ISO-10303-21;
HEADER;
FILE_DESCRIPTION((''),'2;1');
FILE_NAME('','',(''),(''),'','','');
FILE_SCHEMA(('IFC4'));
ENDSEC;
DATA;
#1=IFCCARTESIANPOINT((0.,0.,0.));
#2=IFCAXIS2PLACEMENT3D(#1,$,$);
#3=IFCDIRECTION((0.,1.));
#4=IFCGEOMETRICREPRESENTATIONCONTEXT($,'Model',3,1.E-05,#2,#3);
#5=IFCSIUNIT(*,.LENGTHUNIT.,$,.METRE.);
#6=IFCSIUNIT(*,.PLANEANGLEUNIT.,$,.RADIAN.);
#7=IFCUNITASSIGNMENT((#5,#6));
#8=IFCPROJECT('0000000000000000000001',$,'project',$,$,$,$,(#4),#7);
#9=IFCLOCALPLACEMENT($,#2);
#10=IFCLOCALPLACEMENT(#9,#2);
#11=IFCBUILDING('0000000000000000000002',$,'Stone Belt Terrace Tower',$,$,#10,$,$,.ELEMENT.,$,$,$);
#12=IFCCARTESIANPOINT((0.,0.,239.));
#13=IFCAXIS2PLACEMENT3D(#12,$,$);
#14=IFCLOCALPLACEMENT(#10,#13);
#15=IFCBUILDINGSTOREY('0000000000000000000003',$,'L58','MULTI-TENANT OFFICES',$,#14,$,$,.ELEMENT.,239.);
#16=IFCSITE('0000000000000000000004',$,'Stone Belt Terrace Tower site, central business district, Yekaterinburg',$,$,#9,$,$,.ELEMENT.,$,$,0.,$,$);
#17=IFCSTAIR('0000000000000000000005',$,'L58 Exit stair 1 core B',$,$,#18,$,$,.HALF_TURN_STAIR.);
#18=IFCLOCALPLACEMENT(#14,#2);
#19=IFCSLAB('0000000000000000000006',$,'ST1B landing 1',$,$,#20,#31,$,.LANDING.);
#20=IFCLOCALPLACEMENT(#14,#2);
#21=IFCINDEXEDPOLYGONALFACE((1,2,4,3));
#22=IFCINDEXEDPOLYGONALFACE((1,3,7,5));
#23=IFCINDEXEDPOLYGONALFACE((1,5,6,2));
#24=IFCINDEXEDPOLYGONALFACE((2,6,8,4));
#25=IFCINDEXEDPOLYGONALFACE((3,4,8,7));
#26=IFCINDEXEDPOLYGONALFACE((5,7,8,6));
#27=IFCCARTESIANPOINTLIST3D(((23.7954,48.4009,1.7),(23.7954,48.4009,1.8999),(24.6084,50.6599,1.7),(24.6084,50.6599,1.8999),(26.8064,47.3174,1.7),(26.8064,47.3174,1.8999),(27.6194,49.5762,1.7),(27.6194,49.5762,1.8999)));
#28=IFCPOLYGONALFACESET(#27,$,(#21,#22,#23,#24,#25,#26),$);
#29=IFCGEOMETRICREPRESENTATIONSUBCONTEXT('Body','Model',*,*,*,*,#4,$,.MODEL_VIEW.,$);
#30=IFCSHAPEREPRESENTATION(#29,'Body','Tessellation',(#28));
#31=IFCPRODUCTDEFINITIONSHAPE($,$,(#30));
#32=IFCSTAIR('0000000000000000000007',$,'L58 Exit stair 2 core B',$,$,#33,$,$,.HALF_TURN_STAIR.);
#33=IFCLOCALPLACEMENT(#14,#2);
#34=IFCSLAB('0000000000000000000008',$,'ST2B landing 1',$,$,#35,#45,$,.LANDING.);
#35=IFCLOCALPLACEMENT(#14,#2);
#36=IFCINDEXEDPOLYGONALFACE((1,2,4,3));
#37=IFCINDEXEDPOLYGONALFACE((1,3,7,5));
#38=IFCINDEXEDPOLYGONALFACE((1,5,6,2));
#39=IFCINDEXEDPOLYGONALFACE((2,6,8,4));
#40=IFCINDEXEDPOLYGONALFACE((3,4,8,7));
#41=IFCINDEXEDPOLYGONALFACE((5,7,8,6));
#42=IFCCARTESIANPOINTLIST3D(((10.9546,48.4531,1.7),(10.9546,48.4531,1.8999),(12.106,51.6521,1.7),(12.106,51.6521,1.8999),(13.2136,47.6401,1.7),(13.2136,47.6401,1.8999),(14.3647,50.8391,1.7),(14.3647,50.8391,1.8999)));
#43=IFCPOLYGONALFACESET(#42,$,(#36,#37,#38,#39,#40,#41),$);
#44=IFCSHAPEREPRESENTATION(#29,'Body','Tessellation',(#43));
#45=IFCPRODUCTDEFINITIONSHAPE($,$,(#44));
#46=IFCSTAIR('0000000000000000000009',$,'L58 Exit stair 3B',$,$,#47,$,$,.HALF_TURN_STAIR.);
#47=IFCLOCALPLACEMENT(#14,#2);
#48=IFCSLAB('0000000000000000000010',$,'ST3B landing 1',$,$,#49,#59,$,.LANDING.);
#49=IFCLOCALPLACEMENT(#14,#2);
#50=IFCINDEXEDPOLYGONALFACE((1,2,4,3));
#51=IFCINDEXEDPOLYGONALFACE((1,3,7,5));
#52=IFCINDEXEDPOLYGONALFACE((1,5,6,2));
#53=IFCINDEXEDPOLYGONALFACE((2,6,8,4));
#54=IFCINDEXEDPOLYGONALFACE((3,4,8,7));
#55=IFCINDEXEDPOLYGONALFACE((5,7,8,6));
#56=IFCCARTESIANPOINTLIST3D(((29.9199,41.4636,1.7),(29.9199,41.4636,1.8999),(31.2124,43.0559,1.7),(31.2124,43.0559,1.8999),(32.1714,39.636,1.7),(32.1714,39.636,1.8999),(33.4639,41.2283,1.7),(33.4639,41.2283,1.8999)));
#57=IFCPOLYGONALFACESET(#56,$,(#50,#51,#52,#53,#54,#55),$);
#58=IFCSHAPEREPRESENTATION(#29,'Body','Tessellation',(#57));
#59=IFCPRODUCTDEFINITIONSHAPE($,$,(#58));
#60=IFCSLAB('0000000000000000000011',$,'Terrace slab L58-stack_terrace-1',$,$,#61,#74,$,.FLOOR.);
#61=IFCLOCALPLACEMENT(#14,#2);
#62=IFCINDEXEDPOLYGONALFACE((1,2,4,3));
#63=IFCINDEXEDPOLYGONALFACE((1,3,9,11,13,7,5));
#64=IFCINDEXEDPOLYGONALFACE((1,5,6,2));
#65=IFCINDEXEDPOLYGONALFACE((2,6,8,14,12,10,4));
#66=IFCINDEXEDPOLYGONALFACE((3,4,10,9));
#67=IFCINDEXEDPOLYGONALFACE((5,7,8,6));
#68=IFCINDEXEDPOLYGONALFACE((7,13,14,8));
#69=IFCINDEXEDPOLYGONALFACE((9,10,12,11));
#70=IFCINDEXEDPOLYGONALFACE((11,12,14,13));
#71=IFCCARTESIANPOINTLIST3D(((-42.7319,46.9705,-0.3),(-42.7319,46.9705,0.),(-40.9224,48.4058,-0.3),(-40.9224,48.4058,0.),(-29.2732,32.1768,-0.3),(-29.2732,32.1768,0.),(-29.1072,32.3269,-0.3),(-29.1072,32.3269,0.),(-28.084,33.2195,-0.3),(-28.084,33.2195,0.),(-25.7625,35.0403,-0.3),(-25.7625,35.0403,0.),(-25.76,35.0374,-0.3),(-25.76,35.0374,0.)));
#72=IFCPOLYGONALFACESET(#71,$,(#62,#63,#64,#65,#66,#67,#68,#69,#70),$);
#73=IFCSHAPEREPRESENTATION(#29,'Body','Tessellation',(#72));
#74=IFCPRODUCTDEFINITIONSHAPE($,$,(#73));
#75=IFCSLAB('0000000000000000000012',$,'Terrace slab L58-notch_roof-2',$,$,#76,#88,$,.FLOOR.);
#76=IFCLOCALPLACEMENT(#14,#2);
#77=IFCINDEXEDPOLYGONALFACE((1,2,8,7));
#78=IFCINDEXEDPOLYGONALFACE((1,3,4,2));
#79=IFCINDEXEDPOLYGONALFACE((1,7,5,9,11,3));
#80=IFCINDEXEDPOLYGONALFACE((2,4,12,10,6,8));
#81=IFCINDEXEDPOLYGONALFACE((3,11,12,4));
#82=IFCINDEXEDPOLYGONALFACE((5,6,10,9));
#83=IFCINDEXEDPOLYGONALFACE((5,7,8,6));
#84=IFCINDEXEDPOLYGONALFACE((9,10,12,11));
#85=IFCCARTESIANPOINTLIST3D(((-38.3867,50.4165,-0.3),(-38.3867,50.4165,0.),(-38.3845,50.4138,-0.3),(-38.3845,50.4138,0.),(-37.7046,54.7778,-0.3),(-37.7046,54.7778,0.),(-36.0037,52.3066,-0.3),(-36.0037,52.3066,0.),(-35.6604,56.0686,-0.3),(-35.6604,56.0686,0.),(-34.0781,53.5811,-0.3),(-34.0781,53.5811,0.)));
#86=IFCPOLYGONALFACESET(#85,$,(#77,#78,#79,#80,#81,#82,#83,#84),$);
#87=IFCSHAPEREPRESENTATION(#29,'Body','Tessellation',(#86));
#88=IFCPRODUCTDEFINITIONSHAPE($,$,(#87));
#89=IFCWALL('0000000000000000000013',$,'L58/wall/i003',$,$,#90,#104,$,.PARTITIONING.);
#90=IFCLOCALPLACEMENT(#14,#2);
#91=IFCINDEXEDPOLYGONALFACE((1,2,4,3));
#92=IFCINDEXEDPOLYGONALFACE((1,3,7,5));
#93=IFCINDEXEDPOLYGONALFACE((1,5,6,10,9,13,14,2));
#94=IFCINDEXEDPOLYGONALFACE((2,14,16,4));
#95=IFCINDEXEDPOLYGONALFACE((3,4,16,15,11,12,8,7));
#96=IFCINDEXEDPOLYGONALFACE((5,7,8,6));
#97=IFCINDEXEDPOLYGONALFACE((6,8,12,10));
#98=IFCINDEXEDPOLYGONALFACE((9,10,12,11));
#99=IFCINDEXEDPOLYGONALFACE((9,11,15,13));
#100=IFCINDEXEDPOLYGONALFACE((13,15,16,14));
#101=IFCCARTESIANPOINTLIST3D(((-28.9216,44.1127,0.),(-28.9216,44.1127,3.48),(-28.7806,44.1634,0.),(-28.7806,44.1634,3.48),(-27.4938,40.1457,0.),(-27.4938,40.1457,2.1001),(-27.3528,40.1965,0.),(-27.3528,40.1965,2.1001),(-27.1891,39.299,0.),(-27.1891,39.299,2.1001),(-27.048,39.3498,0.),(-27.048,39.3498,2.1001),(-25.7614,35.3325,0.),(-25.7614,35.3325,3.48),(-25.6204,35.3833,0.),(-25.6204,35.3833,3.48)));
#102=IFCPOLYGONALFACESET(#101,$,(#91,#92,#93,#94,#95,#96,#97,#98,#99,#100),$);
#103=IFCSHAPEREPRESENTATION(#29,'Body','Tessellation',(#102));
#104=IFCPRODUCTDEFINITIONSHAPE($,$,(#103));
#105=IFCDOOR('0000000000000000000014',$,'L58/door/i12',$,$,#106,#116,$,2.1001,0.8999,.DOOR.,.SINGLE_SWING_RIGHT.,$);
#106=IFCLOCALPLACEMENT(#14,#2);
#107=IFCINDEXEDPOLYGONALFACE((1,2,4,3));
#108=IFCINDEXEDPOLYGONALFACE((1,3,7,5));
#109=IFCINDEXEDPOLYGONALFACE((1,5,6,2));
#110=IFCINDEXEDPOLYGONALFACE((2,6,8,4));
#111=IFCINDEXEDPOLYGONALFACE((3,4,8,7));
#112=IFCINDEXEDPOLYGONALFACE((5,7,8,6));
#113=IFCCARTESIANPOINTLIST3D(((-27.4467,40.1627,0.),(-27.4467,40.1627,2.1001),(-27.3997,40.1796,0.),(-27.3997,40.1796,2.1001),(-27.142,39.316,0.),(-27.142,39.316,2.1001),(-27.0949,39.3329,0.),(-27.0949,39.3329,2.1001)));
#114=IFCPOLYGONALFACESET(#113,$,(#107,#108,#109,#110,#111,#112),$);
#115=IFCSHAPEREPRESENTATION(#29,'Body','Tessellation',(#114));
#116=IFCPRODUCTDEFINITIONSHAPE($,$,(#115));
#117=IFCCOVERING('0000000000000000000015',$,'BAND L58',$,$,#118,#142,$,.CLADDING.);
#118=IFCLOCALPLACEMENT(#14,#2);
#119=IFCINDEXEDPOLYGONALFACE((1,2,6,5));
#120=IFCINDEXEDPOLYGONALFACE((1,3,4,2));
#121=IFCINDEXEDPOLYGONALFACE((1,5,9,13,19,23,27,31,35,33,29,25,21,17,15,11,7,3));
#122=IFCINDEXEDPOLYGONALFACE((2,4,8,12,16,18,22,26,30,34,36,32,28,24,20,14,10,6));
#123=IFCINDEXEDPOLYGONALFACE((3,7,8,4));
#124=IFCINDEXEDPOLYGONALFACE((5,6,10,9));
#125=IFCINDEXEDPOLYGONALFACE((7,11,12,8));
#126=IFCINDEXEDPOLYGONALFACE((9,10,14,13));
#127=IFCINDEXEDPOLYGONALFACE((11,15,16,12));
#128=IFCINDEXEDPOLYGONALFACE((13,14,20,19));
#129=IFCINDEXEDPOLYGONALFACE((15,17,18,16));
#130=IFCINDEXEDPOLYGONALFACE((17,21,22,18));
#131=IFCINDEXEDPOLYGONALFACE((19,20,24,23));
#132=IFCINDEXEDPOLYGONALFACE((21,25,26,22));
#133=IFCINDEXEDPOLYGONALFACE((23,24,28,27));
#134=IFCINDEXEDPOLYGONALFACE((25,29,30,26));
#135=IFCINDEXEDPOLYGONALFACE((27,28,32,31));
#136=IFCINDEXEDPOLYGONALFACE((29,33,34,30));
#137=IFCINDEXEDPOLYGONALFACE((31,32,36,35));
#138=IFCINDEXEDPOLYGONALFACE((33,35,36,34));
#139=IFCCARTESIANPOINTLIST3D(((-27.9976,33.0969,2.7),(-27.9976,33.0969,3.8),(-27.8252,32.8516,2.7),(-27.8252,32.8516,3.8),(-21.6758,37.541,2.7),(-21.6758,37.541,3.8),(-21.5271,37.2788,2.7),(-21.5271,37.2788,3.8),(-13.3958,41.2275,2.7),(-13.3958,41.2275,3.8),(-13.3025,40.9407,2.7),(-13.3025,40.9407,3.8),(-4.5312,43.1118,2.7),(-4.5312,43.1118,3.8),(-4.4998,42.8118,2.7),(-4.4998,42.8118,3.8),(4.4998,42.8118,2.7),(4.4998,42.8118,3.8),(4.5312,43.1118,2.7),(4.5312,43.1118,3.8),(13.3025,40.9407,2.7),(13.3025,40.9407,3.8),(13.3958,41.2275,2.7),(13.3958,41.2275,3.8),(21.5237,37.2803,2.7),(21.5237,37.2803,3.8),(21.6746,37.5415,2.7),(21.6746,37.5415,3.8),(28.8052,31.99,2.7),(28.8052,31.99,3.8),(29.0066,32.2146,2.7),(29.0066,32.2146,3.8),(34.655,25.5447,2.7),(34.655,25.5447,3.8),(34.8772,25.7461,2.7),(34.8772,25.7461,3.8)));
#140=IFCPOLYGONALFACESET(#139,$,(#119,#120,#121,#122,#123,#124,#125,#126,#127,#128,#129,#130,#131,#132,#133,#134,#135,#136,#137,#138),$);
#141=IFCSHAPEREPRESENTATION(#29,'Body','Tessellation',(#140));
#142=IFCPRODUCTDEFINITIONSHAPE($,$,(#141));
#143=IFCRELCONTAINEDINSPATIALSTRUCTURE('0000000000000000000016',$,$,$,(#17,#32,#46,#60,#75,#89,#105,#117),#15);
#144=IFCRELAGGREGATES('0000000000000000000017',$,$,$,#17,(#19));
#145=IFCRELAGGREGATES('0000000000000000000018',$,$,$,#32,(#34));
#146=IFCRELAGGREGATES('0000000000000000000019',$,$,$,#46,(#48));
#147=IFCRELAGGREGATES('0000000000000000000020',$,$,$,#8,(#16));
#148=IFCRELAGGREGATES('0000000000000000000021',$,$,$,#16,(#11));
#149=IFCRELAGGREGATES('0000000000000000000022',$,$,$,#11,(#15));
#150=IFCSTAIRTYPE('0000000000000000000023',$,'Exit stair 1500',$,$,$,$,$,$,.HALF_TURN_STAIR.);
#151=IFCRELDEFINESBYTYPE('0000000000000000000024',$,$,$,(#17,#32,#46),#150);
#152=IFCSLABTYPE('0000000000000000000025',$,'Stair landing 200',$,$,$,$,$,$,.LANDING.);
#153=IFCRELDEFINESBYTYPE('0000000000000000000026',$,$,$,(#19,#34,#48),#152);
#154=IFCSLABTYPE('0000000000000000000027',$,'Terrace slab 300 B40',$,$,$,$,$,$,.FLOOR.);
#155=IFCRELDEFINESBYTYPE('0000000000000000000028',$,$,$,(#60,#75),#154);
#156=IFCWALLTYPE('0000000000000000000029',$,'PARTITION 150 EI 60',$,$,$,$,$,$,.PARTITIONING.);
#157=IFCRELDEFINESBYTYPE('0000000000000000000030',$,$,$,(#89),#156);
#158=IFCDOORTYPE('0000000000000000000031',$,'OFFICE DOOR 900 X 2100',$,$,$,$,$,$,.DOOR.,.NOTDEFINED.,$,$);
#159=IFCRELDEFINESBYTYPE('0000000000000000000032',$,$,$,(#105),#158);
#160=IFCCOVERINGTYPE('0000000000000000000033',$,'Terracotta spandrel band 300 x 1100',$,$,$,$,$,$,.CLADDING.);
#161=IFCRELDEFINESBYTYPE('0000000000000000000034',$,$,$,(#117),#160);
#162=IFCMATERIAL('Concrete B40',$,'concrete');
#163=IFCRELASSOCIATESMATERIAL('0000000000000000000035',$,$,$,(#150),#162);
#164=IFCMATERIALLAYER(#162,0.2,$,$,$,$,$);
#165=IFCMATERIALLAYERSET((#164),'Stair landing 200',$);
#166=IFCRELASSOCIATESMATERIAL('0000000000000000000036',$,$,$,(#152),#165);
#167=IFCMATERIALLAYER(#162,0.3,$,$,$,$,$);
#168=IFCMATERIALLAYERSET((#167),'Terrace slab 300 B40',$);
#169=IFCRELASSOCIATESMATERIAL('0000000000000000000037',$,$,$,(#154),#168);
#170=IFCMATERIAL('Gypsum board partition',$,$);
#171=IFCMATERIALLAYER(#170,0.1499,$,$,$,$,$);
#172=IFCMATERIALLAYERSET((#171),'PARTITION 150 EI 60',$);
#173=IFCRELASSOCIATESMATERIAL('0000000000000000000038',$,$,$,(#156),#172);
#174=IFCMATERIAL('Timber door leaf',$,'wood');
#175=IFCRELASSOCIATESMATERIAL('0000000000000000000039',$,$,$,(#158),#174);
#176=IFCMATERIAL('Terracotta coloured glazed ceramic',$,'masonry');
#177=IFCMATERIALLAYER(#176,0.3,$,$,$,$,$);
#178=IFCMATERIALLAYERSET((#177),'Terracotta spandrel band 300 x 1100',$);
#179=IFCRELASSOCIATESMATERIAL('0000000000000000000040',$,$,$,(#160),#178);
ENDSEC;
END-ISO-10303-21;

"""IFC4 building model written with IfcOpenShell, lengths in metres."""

from ifc_helpers import new_model, si_unit, direction, frame, frame_2d, origin, place, context, subcontext, project, spatial, polyline, rectangle, outline, extrude, material, layer, layer_set, type_object, element, fill, aggregate, save


model = new_model("IFC4")

# Units and contexts
model_context = context("Model", 3, precision=1e-05, world=origin(), true_north=direction((0.0, 1.0)))
body_context = subcontext(model_context, "Body", "Model", "MODEL_VIEW")
ifc_project = project(units=[si_unit("LENGTHUNIT", "METRE"), si_unit("PLANEANGLEUNIT", "RADIAN")], contexts=[model_context])

# Site, building, storey
site_placement = place(None, origin())
site = spatial("IfcSite", under=ifc_project, at=site_placement, Name="Stone Belt Terrace Tower site, central business district, Yekaterinburg", CompositionType="ELEMENT", RefElevation=0.0)
building_placement = place(site_placement, origin())
building = spatial("IfcBuilding", under=site, at=building_placement, Name="Stone Belt Terrace Tower", CompositionType="ELEMENT")
storey_placement = place(building_placement, frame((0.0, 0.0, 239.0)))
storey = spatial("IfcBuildingStorey", under=building, at=storey_placement, Name="L58", Description="MULTI-TENANT OFFICES", CompositionType="ELEMENT", Elevation=239.0)

# Shared definitions
ifc_material_1 = material(Name="Concrete B40", Category="concrete")

# Stairs, slabs
stair_type = type_object("IfcStairType", Name="Exit stair 1500", PredefinedType="HALF_TURN_STAIR", material=ifc_material_1)
ifc_layer_1 = layer(ifc_material_1, 0.2)
ifc_layer_set_1 = layer_set([ifc_layer_1], Name="Stair landing 200")
slab_type_1 = type_object("IfcSlabType", Name="Stair landing 200", PredefinedType="LANDING", material=ifc_layer_set_1)
stair_1_placement = place(storey_placement, origin())
stair_1 = element("IfcStair", 1, at=stair_1_placement, inside=storey, type_object=stair_type, Name="L58 Exit stair 1 core B", PredefinedType="HALF_TURN_STAIR")
slab_1_placement = place(storey_placement, frame((0.0, 0.0, 1.7)))
slab_1 = element("IfcSlab", 2, at=slab_1_placement, type_object=slab_type_1, Name="ST1B landing 1", PredefinedType="LANDING", context=body_context, shape_type="SweptSolid", body=[
    extrude(outline(polyline([(26.8064, 47.3174), (27.6194, 49.5762), (24.6084, 50.6599), (23.7954, 48.4009), (26.8064, 47.3174)])), origin(), (0.0, 0.0, 1.0), 0.2),
])
aggregate(stair_1, [slab_1])
stair_2_placement = place(storey_placement, origin())
stair_2 = element("IfcStair", 3, at=stair_2_placement, inside=storey, type_object=stair_type, Name="L58 Exit stair 2 core B", PredefinedType="HALF_TURN_STAIR")
slab_2_placement = place(storey_placement, frame((0.0, 0.0, 1.7)))
slab_2 = element("IfcSlab", 4, at=slab_2_placement, type_object=slab_type_1, Name="ST2B landing 1", PredefinedType="LANDING", context=body_context, shape_type="SweptSolid", body=[
    extrude(outline(polyline([(14.3647, 50.8391), (12.106, 51.6521), (10.9546, 48.4531), (13.2136, 47.6401), (14.3647, 50.8391)])), origin(), (0.0, 0.0, 1.0), 0.2),
])
aggregate(stair_2, [slab_2])
stair_3_placement = place(storey_placement, origin())
stair_3 = element("IfcStair", 5, at=stair_3_placement, inside=storey, type_object=stair_type, Name="L58 Exit stair 3B", PredefinedType="HALF_TURN_STAIR")
slab_3_placement = place(storey_placement, frame((0.0, 0.0, 1.7)))
slab_3 = element("IfcSlab", 6, at=slab_3_placement, type_object=slab_type_1, Name="ST3B landing 1", PredefinedType="LANDING", context=body_context, shape_type="SweptSolid", body=[
    extrude(outline(polyline([(32.1714, 39.636), (33.4639, 41.2283), (31.2124, 43.0559), (29.9199, 41.4636), (32.1714, 39.636)])), origin(), (0.0, 0.0, 1.0), 0.2),
])
aggregate(stair_3, [slab_3])

# Slabs
ifc_layer_2 = layer(ifc_material_1, 0.3)
ifc_layer_set_2 = layer_set([ifc_layer_2], Name="Terrace slab 300 B40")
slab_type_2 = type_object("IfcSlabType", Name="Terrace slab 300 B40", PredefinedType="FLOOR", material=ifc_layer_set_2)
slab_4_placement = place(storey_placement, frame((0.0, 0.0, -0.3)))
element("IfcSlab", 7, at=slab_4_placement, inside=storey, type_object=slab_type_2, Name="Terrace slab L58-stack_terrace-1", PredefinedType="FLOOR", context=body_context, shape_type="SweptSolid", body=[
    extrude(outline(polyline([(-29.2732, 32.1768), (-29.1072, 32.3269), (-25.76, 35.0374), (-25.7625, 35.0403), (-28.084, 33.2195), (-40.9224, 48.4058), (-42.7319, 46.9705), (-29.2732, 32.1768)])), origin(), (0.0, 0.0, 1.0), 0.3),
])
slab_5_placement = place(storey_placement, frame((0.0, 0.0, -0.3)))
element("IfcSlab", 8, at=slab_5_placement, inside=storey, type_object=slab_type_2, Name="Terrace slab L58-notch_roof-2", PredefinedType="FLOOR", context=body_context, shape_type="SweptSolid", body=[
    extrude(outline(polyline([(-37.7046, 54.7778), (-36.0037, 52.3066), (-38.3867, 50.4165), (-38.3845, 50.4138), (-34.0781, 53.5811), (-35.6604, 56.0686), (-37.7046, 54.7778)])), origin(), (0.0, 0.0, 1.0), 0.3),
])

# Wall, opening, door
ifc_material_2 = material(Name="Gypsum board partition")
ifc_layer_3 = layer(ifc_material_2, 0.1499)
ifc_layer_set_3 = layer_set([ifc_layer_3], Name="PARTITION 150 EI 60")
wall_type = type_object("IfcWallType", Name="PARTITION 150 EI 60", PredefinedType="PARTITIONING", material=ifc_layer_set_3)
wall_placement = place(storey_placement, frame((-25.6909, 35.3579, 0.0), z_axis=(0.0, 0.0, 1.0), x_axis=(-0.338657, 0.94091, 0.0)))
wall = element("IfcWall", 9, at=wall_placement, inside=storey, type_object=wall_type, Name="L58/wall/i003", PredefinedType="PARTITIONING", context=body_context, shape_type="SweptSolid", body=[
    extrude(rectangle(XDim=9.3315, YDim=0.1499, at=frame_2d((4.6658, 0.0))), origin(), (0.0, 0.0, 1.0), 3.48),
])
opening_placement = place(wall_placement, frame((4.2156, 0.0, 0.0)))
opening = element("IfcOpeningElement", 10, at=opening_placement, cuts=wall, PredefinedType="OPENING", context=body_context, shape_type="SweptSolid", body=[
    extrude(rectangle(XDim=0.8999, YDim=2.1001, at=frame_2d((0.45, 1.05))), frame((0.0, 0.085, 0.0), z_axis=(0.0, -1.0, 0.0), x_axis=(1.0, 0.0, 0.0)), (0.0, 0.0, 1.0), 0.1699),
])
ifc_material_3 = material(Name="Timber door leaf", Category="wood")
door_type = type_object("IfcDoorType", Name="OFFICE DOOR 900 X 2100", OperationType="NOTDEFINED", PredefinedType="DOOR", material=ifc_material_3)
door_placement = place(opening_placement, origin())
door = element("IfcDoor", 11, at=door_placement, inside=storey, type_object=door_type, Name="L58/door/i12", OperationType="SINGLE_SWING_RIGHT", OverallHeight=2.1001, OverallWidth=0.8999, PredefinedType="DOOR", context=body_context, shape_type="SweptSolid", body=[
    extrude(rectangle(XDim=0.8999, YDim=2.1001, at=frame_2d((0.45, 1.05))), frame((0.0, 0.0249, 0.0), z_axis=(0.0, -1.0, 0.0), x_axis=(1.0, 0.0, 0.0)), (0.0, 0.0, 1.0), 0.05),
])
fill(opening, door)

# Covering
ifc_material_4 = material(Name="Terracotta coloured glazed ceramic", Category="masonry")
ifc_layer_4 = layer(ifc_material_4, 0.3)
ifc_layer_set_4 = layer_set([ifc_layer_4], Name="Terracotta spandrel band 300 x 1100")
covering_type = type_object("IfcCoveringType", Name="Terracotta spandrel band 300 x 1100", PredefinedType="CLADDING", material=ifc_layer_set_4)
covering_placement = place(storey_placement, frame((0.0, 0.0, 2.7)))
element("IfcCovering", 12, at=covering_placement, inside=storey, type_object=covering_type, Name="BAND L58", PredefinedType="CLADDING", context=body_context, shape_type="SweptSolid", body=[
    extrude(outline(polyline([(-27.9976, 33.0969), (-21.6758, 37.541), (-13.3958, 41.2275), (-4.5312, 43.1118), (4.5312, 43.1118), (13.3958, 41.2275), (21.6746, 37.5415), (29.0066, 32.2146), (34.8772, 25.7461), (34.655, 25.5447), (28.8052, 31.99), (21.5237, 37.2803), (13.3025, 40.9407), (4.4998, 42.8118), (-4.4998, 42.8118), (-13.3025, 40.9407), (-21.5271, 37.2788), (-27.8252, 32.8516), (-27.9976, 33.0969)])), origin(), (0.0, 0.0, 1.0), 1.1001),
])

save(model, "model.ifc")
